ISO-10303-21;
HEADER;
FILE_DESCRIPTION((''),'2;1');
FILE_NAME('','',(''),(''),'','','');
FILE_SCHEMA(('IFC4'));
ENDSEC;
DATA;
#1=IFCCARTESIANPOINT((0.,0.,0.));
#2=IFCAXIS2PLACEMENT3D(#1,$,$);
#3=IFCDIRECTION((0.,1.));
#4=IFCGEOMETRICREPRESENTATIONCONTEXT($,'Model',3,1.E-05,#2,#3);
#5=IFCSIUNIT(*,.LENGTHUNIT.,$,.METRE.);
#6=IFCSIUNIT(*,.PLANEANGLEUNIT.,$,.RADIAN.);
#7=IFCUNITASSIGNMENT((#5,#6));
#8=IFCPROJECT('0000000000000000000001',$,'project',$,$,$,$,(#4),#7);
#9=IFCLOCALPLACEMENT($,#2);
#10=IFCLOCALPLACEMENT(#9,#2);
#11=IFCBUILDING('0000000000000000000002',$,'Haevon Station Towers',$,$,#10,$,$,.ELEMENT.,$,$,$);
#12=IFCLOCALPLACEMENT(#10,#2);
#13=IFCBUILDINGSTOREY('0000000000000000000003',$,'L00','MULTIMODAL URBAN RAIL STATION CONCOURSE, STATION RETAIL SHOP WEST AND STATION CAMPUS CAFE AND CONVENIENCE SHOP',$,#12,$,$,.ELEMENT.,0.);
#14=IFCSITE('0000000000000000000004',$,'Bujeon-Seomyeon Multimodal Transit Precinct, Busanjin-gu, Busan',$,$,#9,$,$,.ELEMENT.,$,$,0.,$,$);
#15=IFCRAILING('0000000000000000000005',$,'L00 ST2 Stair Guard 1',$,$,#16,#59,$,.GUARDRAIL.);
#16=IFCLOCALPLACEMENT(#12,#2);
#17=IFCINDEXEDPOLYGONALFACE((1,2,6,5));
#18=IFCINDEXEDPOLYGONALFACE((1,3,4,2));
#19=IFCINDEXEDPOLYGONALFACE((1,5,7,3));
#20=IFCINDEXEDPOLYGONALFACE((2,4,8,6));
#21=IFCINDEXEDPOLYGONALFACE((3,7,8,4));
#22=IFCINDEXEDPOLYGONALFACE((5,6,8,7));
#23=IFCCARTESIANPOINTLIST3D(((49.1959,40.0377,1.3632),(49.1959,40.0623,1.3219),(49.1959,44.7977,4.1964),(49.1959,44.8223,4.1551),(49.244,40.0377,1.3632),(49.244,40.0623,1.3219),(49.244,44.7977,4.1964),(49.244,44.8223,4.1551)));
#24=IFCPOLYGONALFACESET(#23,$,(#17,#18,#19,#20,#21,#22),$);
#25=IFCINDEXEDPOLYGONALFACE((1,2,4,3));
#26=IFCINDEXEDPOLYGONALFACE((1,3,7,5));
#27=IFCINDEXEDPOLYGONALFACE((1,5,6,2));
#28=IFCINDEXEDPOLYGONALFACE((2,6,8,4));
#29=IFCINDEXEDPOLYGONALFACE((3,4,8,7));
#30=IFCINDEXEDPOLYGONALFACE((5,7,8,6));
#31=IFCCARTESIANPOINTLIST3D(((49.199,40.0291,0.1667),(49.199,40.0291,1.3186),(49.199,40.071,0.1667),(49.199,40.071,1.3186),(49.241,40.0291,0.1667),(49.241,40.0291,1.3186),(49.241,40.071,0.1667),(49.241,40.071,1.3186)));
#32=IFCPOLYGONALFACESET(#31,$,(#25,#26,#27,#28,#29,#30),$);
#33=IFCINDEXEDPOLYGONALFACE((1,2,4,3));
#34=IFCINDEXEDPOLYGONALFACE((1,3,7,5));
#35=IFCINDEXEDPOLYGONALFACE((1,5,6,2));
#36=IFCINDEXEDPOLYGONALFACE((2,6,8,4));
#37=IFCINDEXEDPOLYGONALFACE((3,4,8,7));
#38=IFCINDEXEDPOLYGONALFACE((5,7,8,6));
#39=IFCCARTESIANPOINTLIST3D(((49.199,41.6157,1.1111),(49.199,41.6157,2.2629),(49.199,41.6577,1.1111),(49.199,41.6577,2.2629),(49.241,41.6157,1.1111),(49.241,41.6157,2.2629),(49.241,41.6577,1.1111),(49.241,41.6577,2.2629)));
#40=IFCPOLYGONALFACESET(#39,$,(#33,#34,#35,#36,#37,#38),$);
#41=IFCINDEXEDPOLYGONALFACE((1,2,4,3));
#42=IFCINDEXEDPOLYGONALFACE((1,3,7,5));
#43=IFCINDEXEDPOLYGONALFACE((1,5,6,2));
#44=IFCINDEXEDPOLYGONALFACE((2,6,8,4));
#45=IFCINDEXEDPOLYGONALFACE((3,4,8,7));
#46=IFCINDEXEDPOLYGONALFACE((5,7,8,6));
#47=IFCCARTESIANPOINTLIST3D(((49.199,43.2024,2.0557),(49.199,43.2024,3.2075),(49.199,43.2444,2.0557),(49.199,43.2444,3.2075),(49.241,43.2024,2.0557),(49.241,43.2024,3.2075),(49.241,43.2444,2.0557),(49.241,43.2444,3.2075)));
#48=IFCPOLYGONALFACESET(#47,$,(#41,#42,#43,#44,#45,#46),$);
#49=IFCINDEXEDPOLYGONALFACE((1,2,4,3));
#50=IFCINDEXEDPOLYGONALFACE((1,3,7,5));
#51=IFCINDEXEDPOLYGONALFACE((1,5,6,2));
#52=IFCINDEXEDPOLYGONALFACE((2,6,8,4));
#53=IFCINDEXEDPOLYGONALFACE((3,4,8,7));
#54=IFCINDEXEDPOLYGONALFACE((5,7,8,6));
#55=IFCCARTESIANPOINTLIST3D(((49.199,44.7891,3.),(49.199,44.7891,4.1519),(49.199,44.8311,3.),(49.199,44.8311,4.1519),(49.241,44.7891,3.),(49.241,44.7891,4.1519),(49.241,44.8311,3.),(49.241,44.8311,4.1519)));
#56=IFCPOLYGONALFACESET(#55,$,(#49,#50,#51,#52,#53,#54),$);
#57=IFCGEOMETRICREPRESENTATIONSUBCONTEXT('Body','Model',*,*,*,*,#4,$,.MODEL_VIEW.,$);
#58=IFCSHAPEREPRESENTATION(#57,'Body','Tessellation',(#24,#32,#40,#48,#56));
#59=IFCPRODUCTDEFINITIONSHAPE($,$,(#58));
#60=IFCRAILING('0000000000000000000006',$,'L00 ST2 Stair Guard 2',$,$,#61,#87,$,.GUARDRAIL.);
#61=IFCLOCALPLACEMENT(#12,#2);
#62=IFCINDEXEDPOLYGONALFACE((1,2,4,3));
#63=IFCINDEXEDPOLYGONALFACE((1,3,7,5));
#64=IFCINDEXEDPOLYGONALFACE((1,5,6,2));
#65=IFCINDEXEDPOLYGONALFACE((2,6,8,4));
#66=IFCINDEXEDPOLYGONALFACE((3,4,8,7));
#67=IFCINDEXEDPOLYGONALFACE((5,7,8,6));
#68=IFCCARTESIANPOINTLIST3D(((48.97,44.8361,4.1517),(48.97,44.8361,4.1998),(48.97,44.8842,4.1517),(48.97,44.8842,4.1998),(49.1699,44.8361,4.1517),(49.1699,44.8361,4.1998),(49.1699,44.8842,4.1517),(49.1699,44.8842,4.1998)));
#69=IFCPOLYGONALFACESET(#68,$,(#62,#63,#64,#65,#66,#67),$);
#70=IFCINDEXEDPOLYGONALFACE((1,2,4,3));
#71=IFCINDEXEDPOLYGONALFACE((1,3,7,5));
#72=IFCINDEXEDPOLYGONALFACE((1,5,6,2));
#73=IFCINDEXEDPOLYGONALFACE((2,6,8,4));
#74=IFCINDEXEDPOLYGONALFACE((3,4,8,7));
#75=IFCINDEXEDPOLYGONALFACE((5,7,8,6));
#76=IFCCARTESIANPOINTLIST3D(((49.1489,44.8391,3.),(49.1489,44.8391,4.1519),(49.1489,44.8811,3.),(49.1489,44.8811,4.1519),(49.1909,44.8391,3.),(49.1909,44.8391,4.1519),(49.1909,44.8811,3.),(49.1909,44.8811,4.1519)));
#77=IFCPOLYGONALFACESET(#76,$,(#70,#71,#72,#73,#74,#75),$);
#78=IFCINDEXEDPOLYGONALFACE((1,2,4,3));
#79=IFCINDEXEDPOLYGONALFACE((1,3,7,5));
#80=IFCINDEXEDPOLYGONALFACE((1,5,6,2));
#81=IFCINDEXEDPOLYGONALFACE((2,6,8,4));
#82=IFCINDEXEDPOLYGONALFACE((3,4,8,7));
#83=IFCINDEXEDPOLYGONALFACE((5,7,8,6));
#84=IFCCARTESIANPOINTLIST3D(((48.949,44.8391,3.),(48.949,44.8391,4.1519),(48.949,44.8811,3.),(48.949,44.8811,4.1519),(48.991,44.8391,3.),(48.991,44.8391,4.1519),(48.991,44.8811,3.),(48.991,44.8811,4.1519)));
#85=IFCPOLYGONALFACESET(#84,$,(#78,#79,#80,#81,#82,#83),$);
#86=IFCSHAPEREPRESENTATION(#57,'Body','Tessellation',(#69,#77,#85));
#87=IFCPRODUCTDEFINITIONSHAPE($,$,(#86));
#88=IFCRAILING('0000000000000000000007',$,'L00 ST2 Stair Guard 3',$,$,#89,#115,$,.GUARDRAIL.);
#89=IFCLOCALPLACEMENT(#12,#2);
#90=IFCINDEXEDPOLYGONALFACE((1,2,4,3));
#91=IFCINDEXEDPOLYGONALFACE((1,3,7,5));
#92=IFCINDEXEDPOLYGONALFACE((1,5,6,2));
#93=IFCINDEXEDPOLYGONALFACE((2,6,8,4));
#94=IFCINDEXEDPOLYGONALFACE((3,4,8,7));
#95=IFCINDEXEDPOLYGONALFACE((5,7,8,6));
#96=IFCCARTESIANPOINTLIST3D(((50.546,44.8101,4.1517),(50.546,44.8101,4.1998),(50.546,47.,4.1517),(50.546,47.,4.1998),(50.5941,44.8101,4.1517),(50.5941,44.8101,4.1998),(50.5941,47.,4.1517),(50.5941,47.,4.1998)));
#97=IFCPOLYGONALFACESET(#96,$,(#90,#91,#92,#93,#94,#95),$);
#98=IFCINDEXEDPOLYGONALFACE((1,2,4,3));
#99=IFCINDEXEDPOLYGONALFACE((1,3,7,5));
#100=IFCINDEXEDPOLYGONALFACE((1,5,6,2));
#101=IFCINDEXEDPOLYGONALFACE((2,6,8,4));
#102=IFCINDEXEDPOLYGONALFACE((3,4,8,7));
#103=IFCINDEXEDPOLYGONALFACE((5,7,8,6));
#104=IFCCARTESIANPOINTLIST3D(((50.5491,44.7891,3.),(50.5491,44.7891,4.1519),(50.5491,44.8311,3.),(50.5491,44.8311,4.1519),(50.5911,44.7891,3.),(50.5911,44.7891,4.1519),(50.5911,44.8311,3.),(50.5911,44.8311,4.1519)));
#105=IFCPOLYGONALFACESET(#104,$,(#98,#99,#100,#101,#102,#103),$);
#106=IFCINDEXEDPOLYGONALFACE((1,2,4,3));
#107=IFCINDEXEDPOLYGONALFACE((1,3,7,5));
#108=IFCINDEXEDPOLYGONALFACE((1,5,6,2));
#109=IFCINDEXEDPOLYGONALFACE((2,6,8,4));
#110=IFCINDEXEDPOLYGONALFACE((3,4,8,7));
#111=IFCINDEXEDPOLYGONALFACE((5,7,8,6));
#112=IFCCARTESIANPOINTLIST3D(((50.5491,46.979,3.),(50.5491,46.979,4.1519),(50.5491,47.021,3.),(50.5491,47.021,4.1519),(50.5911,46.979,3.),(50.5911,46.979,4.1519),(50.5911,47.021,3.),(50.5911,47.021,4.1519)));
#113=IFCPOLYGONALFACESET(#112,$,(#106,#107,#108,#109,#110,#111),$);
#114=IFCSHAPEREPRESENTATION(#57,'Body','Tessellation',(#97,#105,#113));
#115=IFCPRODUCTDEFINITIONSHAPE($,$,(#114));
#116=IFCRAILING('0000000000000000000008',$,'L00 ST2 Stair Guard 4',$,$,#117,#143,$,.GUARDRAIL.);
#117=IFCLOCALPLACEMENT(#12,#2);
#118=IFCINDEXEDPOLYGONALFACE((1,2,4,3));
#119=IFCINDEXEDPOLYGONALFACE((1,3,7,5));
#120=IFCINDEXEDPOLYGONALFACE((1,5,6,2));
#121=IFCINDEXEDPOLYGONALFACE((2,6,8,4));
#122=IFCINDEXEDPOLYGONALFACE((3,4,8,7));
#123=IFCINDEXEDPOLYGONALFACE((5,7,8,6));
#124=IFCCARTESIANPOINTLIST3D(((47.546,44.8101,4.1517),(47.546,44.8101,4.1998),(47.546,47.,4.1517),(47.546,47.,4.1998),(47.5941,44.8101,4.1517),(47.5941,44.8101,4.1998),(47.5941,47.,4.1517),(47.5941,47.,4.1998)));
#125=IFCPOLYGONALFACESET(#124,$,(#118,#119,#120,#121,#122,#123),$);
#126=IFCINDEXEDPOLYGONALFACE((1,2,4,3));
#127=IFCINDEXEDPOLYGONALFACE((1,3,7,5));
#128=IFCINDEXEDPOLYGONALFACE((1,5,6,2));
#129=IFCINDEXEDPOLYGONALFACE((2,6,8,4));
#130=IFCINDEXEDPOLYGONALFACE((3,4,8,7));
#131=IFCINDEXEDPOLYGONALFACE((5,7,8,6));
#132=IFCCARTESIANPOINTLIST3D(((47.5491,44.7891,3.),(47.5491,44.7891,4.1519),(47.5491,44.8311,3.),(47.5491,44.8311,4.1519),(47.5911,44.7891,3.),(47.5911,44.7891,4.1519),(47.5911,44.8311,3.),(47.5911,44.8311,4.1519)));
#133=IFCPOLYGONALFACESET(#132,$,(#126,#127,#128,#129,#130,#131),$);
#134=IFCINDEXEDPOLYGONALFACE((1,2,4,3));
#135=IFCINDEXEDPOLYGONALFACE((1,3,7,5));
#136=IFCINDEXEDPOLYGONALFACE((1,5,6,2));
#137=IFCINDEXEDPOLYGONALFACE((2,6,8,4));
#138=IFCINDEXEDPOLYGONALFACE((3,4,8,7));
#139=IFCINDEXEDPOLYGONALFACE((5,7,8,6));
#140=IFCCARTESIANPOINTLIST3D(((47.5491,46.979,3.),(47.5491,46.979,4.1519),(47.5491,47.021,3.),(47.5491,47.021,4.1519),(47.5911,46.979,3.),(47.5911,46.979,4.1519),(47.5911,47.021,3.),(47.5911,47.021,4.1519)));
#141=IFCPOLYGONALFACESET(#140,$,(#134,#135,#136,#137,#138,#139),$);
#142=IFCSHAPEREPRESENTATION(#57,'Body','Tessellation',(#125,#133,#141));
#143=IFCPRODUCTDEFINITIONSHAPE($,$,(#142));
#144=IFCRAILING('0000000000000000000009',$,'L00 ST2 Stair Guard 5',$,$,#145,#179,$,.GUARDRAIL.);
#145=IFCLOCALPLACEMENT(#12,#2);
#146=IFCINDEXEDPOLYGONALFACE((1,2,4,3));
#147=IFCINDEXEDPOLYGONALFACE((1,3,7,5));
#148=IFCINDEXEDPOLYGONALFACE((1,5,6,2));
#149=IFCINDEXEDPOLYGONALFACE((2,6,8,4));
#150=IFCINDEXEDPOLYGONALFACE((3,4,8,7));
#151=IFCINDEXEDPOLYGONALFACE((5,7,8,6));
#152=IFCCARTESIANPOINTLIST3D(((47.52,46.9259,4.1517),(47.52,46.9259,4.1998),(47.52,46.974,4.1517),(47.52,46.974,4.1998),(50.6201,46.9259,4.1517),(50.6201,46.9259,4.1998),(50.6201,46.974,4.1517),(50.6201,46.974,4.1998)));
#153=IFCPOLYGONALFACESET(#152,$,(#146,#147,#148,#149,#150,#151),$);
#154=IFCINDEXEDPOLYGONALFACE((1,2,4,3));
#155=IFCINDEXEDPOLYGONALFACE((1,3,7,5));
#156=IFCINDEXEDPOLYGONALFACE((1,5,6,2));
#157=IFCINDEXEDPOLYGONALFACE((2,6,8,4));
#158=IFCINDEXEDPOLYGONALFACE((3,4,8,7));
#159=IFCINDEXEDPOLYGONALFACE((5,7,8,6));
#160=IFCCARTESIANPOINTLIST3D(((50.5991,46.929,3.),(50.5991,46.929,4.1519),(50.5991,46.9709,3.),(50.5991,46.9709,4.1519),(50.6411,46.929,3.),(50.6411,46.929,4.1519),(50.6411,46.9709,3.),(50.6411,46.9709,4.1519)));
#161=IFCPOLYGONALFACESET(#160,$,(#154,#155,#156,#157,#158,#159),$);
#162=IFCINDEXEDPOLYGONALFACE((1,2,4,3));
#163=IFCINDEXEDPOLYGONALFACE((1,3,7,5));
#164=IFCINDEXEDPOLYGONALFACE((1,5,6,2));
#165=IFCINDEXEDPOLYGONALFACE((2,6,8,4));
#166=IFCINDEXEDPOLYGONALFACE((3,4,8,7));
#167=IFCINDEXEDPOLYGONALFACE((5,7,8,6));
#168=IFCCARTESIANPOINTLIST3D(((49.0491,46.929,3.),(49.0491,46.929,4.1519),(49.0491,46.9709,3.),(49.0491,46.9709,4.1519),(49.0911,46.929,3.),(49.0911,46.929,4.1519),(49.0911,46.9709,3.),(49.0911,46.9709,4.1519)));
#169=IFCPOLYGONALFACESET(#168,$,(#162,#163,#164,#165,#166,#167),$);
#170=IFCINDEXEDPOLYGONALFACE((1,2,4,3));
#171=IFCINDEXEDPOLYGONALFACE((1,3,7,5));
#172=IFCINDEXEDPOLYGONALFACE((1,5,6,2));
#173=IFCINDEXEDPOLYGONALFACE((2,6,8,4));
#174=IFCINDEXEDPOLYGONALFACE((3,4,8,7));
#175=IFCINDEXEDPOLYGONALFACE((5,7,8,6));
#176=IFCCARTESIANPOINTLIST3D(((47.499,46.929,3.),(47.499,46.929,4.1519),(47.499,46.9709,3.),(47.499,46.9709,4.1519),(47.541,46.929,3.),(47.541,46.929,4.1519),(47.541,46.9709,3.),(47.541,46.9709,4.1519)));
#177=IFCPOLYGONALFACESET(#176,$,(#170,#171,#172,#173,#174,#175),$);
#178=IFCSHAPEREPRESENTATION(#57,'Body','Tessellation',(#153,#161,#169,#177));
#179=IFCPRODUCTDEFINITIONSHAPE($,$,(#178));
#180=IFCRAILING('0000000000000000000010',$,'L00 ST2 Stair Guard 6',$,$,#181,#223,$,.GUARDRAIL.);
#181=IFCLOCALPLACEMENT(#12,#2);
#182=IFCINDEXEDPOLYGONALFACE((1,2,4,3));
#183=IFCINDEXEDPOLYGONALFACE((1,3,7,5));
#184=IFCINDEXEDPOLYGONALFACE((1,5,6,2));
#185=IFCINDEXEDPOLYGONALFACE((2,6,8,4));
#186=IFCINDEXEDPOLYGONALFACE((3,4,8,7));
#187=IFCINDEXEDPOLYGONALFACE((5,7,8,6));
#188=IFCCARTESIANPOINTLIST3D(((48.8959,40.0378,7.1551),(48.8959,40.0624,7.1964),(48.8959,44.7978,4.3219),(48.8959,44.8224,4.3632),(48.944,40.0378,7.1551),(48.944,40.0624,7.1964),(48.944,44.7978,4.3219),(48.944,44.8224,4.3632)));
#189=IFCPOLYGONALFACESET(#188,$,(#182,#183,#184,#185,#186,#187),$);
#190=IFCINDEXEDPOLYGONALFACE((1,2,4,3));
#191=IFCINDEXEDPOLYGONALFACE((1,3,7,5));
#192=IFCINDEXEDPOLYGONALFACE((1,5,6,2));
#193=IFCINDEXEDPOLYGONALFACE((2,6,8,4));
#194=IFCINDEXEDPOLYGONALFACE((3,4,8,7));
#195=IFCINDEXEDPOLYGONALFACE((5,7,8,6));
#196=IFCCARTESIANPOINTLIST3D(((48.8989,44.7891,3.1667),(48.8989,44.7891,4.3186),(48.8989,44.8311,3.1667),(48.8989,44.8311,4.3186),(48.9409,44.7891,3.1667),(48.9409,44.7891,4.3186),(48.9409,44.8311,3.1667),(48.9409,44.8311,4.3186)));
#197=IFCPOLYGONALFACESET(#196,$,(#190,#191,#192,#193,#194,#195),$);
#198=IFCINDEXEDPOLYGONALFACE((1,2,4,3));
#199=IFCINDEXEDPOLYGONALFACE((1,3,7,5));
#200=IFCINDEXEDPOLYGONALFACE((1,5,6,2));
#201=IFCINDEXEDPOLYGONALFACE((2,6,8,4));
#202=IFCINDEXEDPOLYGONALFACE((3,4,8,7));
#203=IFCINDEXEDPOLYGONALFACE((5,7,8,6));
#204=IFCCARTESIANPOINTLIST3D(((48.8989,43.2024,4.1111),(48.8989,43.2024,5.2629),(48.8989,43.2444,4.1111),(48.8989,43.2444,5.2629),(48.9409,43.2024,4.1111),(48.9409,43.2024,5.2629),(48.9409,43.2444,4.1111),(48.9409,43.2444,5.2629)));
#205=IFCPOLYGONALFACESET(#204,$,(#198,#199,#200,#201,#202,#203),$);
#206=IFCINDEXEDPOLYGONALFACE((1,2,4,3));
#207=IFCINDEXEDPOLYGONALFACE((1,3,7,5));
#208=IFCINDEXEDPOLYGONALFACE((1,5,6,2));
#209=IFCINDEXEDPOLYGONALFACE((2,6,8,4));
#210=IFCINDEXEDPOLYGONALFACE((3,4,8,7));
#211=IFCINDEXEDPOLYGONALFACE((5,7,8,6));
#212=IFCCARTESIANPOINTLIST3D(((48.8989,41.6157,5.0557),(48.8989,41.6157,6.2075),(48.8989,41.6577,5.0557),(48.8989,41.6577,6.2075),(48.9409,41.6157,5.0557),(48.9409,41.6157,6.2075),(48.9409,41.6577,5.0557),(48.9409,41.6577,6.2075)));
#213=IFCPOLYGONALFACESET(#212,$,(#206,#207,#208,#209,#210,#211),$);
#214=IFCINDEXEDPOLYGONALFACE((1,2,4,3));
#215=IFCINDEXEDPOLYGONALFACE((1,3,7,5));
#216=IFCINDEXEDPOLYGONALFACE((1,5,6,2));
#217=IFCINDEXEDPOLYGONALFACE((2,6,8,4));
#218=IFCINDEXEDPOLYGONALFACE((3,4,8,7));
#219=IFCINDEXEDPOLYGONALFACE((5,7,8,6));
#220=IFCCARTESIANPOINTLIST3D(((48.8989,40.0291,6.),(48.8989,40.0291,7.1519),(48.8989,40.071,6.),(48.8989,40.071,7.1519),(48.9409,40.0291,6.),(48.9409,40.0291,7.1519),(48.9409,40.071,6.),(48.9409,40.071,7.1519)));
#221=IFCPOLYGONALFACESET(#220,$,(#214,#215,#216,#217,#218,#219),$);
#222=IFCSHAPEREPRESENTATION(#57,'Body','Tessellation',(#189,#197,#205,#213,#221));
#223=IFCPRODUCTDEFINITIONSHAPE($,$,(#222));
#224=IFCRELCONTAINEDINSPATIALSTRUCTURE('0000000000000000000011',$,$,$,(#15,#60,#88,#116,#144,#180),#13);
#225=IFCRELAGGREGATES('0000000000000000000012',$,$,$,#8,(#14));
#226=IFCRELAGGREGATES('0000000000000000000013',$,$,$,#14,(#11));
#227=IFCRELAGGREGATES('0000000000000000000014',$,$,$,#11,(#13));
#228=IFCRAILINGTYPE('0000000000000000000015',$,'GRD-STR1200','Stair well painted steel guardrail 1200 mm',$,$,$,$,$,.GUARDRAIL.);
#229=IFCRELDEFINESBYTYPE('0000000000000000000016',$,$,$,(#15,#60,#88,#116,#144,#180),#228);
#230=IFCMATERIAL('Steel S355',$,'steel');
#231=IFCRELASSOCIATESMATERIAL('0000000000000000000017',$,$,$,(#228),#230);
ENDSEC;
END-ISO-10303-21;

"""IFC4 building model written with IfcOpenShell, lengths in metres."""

from ifc_helpers import new_model, si_unit, direction, frame, origin, origin_2d, place, context, subcontext, project, spatial, rectangle, extrude, material, type_object, element, save


model = new_model("IFC4")

# Units and contexts
model_context = context("Model", 3, precision=1e-05, world=origin(), true_north=direction((0.0, 1.0)))
body_context = subcontext(model_context, "Body", "Model", "MODEL_VIEW")
ifc_project = project(units=[si_unit("LENGTHUNIT", "METRE"), si_unit("PLANEANGLEUNIT", "RADIAN")], contexts=[model_context])

# Site, building, storey
site_placement = place(None, origin())
site = spatial("IfcSite", under=ifc_project, at=site_placement, Name="Bujeon-Seomyeon Multimodal Transit Precinct, Busanjin-gu, Busan", CompositionType="ELEMENT", RefElevation=0.0)
building_placement = place(site_placement, origin())
building = spatial("IfcBuilding", under=site, at=building_placement, Name="Haevon Station Towers", CompositionType="ELEMENT")
storey_placement = place(building_placement, origin())
storey = spatial("IfcBuildingStorey", under=building, at=storey_placement, Name="L00", Description="MULTIMODAL URBAN RAIL STATION CONCOURSE, STATION RETAIL SHOP WEST AND STATION CAMPUS CAFE AND CONVENIENCE SHOP", CompositionType="ELEMENT", Elevation=0.0)

# Shared definitions
ifc_material_1 = material(Name="Steel S355", Category="steel")

# Railings
railing_type_1 = type_object("IfcRailingType", Name="GRD-STR1200", Description="Stair well painted steel guardrail 1200 mm", PredefinedType="GUARDRAIL", material=ifc_material_1)
railing_1_placement = place(storey_placement, frame((49.22, 40.05, 0.1667)))
element("IfcRailing", 1, at=railing_1_placement, inside=storey, type_object=railing_type_1, Name="L00 ST2 Stair Guard 1", PredefinedType="GUARDRAIL", context=body_context, shape_type="SweptSolid", body=[
    extrude(rectangle(XDim=0.0481, YDim=0.0481, at=origin_2d()), frame((0.0, 0.0, 1.1758), z_axis=(0.0, 0.8593, 0.511472), x_axis=(-1.0, 0.0, 0.0)), (0.0, 0.0, 1.0), 5.5393),
    extrude(rectangle(XDim=0.042, YDim=0.042, at=origin_2d()), origin(), (0.0, 0.0, 1.0), 1.1519),
    extrude(rectangle(XDim=0.042, YDim=0.042, at=origin_2d()), frame((0.0, 1.5867, 0.9443)), (0.0, 0.0, 1.0), 1.1519),
    extrude(rectangle(XDim=0.042, YDim=0.042, at=origin_2d()), frame((0.0, 3.1733, 1.8889)), (0.0, 0.0, 1.0), 1.1519),
    extrude(rectangle(XDim=0.042, YDim=0.042, at=origin_2d()), frame((0.0, 4.76, 2.8333)), (0.0, 0.0, 1.0), 1.1519),
])
railing_2_placement = place(storey_placement, frame((49.1699, 44.8601, 3.0)))
element("IfcRailing", 2, at=railing_2_placement, inside=storey, type_object=railing_type_1, Name="L00 ST2 Stair Guard 2", PredefinedType="GUARDRAIL", context=body_context, shape_type="SweptSolid", body=[
    extrude(rectangle(XDim=0.0481, YDim=0.0481, at=origin_2d()), frame((0.0, 0.0, 1.1758), z_axis=(-1.0, 0.0, 0.0), x_axis=(0.0, -1.0, 0.0)), (0.0, 0.0, 1.0), 0.2),
    extrude(rectangle(XDim=0.042, YDim=0.042, at=origin_2d()), origin(), (0.0, 0.0, 1.0), 1.1519),
    extrude(rectangle(XDim=0.042, YDim=0.042, at=origin_2d()), frame((-0.2, 0.0, 0.0)), (0.0, 0.0, 1.0), 1.1519),
])
for number, where, name in (
    (3, (50.5701, 44.8101, 3.0), "L00 ST2 Stair Guard 3"),
    (4, (47.5701, 44.8101, 3.0), "L00 ST2 Stair Guard 4"),
):
    element("IfcRailing", number, at=place(storey_placement, frame(where)), inside=storey, type_object=railing_type_1, Name=name, PredefinedType="GUARDRAIL", context=body_context, shape_type="SweptSolid", body=[
        extrude(rectangle(XDim=0.0481, YDim=0.0481, at=origin_2d()), frame((0.0, 0.0, 1.1758), z_axis=(0.0, 1.0, 0.0), x_axis=(-1.0, 0.0, 0.0)), (0.0, 0.0, 1.0), 2.1899),
        extrude(rectangle(XDim=0.042, YDim=0.042, at=origin_2d()), origin(), (0.0, 0.0, 1.0), 1.1519),
        extrude(rectangle(XDim=0.042, YDim=0.042, at=origin_2d()), frame((0.0, 2.1899, 0.0)), (0.0, 0.0, 1.0), 1.1519),
    ])
railing_3_placement = place(storey_placement, frame((50.6201, 46.95, 3.0)))
element("IfcRailing", 5, at=railing_3_placement, inside=storey, type_object=railing_type_1, Name="L00 ST2 Stair Guard 5", PredefinedType="GUARDRAIL", context=body_context, shape_type="SweptSolid", body=[
    extrude(rectangle(XDim=0.0481, YDim=0.0481, at=origin_2d()), frame((0.0, 0.0, 1.1758), z_axis=(-1.0, 0.0, 0.0), x_axis=(0.0, -1.0, 0.0)), (0.0, 0.0, 1.0), 3.1001),
    extrude(rectangle(XDim=0.042, YDim=0.042, at=origin_2d()), origin(), (0.0, 0.0, 1.0), 1.1519),
    extrude(rectangle(XDim=0.042, YDim=0.042, at=origin_2d()), frame((-1.55, 0.0, 0.0)), (0.0, 0.0, 1.0), 1.1519),
    extrude(rectangle(XDim=0.042, YDim=0.042, at=origin_2d()), frame((-3.1001, 0.0, 0.0)), (0.0, 0.0, 1.0), 1.1519),
])
railing_4_placement = place(storey_placement, frame((48.9199, 44.8101, 3.1667)))
element("IfcRailing", 6, at=railing_4_placement, inside=storey, type_object=railing_type_1, Name="L00 ST2 Stair Guard 6", PredefinedType="GUARDRAIL", context=body_context, shape_type="SweptSolid", body=[
    extrude(rectangle(XDim=0.0481, YDim=0.0481, at=origin_2d()), frame((0.0, 0.0, 1.1758), z_axis=(0.0, -0.8593, 0.511472), x_axis=(1.0, 0.0, 0.0)), (0.0, 0.0, 1.0), 5.5393),
    extrude(rectangle(XDim=0.042, YDim=0.042, at=origin_2d()), origin(), (0.0, 0.0, 1.0), 1.1519),
    extrude(rectangle(XDim=0.042, YDim=0.042, at=origin_2d()), frame((0.0, -1.5867, 0.9443)), (0.0, 0.0, 1.0), 1.1519),
    extrude(rectangle(XDim=0.042, YDim=0.042, at=origin_2d()), frame((0.0, -3.1733, 1.8889)), (0.0, 0.0, 1.0), 1.1519),
    extrude(rectangle(XDim=0.042, YDim=0.042, at=origin_2d()), frame((0.0, -4.76, 2.8333)), (0.0, 0.0, 1.0), 1.1519),
])

save(model, "model.ifc")
